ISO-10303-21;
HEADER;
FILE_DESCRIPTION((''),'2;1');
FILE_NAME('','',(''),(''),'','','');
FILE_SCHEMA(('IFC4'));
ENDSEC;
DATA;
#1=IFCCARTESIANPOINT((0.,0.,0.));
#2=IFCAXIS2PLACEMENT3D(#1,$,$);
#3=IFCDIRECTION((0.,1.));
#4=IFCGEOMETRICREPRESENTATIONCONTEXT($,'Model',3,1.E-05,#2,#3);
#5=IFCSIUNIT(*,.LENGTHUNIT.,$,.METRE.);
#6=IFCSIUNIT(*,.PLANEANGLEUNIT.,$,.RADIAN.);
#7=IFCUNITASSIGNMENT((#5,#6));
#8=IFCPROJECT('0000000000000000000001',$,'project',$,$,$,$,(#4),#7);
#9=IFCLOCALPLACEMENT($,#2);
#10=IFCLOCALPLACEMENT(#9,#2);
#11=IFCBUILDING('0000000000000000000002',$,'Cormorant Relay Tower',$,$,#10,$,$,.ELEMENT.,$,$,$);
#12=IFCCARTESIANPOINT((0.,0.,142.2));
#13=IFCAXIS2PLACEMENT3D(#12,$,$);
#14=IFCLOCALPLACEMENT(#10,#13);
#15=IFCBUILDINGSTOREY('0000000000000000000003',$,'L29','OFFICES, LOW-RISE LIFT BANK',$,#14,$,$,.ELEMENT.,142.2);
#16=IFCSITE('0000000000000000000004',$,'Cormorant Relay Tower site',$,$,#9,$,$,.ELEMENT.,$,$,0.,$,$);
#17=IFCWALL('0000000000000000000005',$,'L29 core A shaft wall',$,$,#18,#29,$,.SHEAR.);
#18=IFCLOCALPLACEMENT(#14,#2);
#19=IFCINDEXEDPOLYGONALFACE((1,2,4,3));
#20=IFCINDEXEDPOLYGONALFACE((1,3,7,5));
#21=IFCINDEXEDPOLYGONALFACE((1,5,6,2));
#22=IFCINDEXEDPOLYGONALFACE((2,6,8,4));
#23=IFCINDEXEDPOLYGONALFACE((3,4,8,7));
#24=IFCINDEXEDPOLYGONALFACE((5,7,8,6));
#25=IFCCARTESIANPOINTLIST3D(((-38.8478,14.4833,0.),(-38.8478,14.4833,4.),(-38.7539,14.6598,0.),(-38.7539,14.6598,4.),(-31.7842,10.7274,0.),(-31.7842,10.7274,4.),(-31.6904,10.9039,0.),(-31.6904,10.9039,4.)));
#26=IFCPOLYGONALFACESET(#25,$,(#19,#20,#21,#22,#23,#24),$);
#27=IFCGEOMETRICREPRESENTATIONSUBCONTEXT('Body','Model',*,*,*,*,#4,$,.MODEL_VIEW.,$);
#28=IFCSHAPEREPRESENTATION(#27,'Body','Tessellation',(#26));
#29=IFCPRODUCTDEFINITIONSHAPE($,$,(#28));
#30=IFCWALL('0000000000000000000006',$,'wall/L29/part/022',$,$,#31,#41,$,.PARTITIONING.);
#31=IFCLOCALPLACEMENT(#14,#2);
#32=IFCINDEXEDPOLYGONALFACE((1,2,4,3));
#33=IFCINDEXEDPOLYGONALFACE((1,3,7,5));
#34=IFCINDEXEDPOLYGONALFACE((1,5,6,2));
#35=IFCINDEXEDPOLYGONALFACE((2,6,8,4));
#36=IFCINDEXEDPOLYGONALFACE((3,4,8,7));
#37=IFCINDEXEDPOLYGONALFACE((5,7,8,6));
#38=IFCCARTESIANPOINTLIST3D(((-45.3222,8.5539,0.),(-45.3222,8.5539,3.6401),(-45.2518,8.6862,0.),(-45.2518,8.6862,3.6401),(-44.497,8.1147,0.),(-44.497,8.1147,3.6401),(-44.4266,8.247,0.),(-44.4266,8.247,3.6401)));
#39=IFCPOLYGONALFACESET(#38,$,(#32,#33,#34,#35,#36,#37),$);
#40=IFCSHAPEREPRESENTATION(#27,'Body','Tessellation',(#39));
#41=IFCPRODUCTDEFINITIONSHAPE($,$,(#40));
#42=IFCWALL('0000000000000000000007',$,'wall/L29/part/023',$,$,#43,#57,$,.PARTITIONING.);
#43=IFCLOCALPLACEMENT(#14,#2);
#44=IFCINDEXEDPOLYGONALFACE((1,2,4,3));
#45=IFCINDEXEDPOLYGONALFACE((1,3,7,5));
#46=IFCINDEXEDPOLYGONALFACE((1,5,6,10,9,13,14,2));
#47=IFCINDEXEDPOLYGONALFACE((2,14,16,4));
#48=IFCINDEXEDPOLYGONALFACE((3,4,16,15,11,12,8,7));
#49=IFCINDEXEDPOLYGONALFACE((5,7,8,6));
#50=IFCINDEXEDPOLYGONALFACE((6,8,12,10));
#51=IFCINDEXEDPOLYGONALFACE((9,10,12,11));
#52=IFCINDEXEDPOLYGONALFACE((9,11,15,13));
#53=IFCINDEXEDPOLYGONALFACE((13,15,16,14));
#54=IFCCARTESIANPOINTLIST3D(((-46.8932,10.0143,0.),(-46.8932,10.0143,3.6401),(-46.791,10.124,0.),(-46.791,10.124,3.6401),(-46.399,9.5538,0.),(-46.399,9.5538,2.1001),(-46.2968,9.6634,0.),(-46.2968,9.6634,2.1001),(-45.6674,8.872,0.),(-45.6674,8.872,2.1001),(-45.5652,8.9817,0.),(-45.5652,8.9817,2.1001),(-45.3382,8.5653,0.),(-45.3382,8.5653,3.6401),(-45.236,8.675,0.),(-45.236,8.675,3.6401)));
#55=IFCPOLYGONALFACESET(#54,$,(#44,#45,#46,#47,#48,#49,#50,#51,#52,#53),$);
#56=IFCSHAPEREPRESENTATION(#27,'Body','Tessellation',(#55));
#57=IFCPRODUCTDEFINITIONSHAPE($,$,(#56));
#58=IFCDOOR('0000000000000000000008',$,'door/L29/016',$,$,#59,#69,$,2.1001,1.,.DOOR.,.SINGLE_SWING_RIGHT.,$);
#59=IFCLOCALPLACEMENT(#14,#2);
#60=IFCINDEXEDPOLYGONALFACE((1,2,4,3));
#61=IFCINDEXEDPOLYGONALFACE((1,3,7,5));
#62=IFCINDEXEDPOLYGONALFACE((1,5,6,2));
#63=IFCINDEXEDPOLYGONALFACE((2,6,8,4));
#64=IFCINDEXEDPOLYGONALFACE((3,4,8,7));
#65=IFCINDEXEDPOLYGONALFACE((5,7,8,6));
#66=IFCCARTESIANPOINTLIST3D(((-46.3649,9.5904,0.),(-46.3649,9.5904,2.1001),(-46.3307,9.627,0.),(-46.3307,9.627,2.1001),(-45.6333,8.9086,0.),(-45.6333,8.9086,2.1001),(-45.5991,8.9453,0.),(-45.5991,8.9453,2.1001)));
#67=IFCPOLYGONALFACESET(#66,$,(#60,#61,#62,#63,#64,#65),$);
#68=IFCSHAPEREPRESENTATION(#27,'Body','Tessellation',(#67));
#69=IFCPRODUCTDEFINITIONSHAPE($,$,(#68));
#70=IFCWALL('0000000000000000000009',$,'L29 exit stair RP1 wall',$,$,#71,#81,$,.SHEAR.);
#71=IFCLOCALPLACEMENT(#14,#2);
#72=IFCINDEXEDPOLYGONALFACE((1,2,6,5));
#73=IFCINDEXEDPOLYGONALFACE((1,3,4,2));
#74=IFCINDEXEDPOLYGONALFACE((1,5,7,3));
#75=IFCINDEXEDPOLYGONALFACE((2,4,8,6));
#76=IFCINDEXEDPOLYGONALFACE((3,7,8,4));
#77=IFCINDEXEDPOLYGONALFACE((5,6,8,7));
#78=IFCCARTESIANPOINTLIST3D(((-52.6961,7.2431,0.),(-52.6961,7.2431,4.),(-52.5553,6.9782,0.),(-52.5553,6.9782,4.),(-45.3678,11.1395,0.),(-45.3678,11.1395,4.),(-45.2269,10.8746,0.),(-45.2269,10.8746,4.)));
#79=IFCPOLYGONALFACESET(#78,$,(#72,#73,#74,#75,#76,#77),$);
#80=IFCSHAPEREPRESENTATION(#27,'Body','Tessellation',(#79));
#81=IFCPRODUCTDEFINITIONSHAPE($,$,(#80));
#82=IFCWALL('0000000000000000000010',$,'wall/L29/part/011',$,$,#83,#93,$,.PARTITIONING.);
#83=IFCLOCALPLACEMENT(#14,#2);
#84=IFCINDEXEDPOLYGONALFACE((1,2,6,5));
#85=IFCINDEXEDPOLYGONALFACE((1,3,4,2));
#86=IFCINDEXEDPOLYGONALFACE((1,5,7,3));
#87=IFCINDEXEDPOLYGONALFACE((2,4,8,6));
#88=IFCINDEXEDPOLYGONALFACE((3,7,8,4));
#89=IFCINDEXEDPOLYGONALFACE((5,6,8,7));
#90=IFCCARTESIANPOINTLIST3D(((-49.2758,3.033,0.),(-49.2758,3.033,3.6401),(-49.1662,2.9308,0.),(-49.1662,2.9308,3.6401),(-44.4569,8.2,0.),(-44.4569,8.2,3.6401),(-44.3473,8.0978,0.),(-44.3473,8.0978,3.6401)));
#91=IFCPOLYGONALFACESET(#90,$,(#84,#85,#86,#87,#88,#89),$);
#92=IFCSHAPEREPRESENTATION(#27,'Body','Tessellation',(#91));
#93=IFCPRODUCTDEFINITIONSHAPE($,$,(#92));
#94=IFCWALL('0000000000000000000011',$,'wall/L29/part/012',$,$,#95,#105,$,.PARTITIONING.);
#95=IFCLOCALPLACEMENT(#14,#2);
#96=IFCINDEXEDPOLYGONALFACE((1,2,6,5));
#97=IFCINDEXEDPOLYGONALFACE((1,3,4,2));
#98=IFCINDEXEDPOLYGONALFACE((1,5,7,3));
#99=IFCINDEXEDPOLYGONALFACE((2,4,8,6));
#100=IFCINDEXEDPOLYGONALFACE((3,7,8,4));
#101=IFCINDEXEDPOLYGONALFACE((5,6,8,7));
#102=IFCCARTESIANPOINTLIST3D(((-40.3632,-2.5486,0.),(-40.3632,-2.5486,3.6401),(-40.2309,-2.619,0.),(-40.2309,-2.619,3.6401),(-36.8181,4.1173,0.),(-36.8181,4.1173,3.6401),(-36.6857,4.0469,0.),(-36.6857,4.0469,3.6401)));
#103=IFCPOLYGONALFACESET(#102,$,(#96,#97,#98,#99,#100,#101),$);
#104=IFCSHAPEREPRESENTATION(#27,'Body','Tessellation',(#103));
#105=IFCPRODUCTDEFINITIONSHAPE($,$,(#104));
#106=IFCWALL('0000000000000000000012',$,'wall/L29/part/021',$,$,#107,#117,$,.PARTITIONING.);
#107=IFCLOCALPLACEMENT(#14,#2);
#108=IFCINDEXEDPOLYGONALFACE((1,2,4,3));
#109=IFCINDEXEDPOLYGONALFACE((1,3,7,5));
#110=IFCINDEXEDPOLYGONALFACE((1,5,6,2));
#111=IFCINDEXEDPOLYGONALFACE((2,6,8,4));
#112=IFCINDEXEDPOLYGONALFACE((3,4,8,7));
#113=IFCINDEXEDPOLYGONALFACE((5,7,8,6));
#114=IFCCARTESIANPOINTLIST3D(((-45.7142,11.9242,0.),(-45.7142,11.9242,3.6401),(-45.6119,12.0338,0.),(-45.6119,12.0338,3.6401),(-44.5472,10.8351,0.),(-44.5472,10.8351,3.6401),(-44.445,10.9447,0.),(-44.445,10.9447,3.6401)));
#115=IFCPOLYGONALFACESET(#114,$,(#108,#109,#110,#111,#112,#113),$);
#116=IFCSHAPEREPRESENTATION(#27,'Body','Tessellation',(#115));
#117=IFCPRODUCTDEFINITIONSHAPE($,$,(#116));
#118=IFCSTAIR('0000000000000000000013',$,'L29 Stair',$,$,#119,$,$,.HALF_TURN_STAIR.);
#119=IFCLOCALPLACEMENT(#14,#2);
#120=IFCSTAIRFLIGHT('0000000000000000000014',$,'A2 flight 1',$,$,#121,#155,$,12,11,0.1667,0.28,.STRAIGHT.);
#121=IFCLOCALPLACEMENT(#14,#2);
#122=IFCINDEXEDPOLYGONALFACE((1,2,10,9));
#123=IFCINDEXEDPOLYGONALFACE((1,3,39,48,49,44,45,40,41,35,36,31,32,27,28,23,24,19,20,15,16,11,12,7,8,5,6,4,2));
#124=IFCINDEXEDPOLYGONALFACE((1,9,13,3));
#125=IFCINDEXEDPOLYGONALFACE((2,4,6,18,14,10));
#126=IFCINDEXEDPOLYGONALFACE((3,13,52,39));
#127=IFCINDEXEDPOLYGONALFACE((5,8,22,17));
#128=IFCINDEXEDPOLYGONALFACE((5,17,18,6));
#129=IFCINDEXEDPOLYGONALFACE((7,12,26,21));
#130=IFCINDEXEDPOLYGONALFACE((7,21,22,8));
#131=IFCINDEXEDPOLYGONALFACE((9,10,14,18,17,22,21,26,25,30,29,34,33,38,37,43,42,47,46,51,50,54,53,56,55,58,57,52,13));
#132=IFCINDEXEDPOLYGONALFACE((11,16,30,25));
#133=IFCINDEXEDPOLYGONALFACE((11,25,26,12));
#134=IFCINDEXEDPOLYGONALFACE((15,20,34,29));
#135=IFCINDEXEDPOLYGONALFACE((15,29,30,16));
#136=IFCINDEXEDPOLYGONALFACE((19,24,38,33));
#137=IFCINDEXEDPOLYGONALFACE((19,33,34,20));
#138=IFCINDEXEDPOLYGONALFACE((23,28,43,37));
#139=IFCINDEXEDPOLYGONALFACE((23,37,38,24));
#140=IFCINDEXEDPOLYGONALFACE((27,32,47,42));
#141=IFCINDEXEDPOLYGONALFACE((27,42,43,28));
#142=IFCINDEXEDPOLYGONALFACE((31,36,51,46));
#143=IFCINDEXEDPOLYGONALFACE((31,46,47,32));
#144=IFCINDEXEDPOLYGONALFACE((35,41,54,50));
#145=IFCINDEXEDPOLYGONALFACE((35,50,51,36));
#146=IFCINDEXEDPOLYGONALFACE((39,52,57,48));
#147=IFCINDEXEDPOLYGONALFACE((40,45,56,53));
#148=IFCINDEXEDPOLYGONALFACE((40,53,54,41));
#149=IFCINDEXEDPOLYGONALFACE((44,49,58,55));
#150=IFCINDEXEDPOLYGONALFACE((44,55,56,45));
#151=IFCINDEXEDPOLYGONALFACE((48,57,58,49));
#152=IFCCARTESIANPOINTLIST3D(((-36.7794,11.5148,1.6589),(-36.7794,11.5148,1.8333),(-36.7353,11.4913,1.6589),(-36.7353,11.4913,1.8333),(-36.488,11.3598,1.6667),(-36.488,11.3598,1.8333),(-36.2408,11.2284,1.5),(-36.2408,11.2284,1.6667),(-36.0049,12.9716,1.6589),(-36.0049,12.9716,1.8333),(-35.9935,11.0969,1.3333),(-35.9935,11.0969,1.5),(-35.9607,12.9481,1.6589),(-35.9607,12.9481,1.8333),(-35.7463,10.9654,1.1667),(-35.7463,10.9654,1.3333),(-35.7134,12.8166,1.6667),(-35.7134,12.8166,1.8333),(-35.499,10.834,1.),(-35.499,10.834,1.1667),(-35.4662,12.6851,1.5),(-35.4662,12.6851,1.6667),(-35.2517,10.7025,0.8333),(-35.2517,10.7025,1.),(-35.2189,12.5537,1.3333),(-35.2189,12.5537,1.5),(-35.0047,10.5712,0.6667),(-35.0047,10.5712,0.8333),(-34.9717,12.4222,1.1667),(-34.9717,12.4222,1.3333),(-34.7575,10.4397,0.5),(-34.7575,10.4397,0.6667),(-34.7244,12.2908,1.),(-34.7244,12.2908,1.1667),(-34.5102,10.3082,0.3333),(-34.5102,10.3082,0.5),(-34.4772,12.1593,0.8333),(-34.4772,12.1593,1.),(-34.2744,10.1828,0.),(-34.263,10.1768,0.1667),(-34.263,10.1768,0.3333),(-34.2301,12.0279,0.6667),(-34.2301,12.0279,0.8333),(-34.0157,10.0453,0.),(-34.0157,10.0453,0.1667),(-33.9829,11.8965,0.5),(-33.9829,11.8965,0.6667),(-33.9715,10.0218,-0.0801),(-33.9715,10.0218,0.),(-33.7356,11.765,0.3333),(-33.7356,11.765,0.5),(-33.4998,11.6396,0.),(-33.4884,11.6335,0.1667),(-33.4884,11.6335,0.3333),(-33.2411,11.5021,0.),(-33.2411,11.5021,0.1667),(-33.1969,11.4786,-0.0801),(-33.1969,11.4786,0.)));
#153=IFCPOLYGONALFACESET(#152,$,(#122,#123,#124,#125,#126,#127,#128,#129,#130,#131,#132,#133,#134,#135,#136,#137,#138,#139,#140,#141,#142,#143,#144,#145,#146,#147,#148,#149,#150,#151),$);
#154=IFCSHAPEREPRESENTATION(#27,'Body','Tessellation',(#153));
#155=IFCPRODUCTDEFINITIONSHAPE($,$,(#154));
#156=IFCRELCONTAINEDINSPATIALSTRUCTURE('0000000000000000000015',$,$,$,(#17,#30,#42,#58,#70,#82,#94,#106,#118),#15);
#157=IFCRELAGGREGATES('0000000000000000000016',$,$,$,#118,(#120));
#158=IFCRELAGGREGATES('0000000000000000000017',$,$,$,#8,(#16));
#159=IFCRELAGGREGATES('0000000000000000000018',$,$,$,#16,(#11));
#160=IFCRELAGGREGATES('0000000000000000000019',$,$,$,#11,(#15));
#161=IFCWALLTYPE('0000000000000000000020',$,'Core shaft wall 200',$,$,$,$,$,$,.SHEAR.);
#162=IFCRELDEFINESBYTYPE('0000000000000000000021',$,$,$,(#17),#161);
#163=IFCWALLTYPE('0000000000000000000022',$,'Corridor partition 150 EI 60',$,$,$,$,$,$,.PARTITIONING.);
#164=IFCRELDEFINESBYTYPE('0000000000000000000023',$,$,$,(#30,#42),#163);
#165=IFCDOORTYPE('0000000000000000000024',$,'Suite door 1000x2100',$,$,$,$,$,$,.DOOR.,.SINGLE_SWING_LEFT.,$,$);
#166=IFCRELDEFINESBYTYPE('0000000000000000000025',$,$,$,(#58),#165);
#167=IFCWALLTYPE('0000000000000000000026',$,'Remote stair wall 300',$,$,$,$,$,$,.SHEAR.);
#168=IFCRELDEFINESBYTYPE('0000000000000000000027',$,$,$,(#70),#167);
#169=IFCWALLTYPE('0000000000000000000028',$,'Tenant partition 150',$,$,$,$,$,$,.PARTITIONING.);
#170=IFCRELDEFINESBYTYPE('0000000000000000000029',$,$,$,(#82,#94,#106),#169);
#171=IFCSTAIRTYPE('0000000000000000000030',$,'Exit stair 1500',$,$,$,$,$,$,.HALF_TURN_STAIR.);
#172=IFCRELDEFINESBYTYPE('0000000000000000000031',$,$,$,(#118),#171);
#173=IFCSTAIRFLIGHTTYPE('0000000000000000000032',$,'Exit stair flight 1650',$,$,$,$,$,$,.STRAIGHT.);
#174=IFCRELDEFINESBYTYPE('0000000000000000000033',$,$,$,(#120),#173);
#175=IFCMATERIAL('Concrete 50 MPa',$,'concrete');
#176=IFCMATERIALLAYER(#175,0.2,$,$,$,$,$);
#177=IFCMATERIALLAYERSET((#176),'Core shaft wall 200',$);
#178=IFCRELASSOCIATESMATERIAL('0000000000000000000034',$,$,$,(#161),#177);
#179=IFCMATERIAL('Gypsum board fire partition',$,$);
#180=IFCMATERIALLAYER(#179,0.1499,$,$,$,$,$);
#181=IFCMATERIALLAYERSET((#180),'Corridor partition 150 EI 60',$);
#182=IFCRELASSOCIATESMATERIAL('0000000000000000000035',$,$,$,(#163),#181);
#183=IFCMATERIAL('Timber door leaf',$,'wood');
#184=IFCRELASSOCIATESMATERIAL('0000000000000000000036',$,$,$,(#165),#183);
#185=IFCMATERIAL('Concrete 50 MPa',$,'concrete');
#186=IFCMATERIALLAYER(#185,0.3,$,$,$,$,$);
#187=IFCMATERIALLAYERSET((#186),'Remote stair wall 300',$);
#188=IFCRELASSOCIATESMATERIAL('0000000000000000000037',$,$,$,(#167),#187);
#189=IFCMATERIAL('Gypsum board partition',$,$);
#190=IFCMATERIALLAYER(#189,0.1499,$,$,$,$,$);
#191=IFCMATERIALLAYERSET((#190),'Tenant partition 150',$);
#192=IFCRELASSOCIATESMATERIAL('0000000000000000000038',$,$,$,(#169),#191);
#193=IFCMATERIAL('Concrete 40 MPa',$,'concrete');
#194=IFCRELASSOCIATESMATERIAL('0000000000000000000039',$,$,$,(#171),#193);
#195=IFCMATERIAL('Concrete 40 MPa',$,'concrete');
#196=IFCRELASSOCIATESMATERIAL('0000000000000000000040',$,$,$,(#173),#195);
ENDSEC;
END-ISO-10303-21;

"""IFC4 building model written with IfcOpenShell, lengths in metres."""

from ifc_helpers import new_model, si_unit, direction, frame, frame_2d, origin, place, context, subcontext, project, spatial, polyline, rectangle, outline, extrude, material, layer, layer_set, type_object, element, fill, aggregate, save


model = new_model("IFC4")

# Units and contexts
model_context = context("Model", 3, precision=1e-05, world=origin(), true_north=direction((0.0, 1.0)))
body_context = subcontext(model_context, "Body", "Model", "MODEL_VIEW")
ifc_project = project(units=[si_unit("LENGTHUNIT", "METRE"), si_unit("PLANEANGLEUNIT", "RADIAN")], contexts=[model_context])

# Site, building, storey
site_placement = place(None, origin())
site = spatial("IfcSite", under=ifc_project, at=site_placement, Name="Cormorant Relay Tower site", CompositionType="ELEMENT", RefElevation=0.0)
building_placement = place(site_placement, origin())
building = spatial("IfcBuilding", under=site, at=building_placement, Name="Cormorant Relay Tower", CompositionType="ELEMENT")
storey_placement = place(building_placement, frame((0.0, 0.0, 142.2)))
storey = spatial("IfcBuildingStorey", under=building, at=storey_placement, Name="L29", Description="OFFICES, LOW-RISE LIFT BANK", CompositionType="ELEMENT", Elevation=142.2)

# Walls
ifc_material_1 = material(Name="Concrete 50 MPa", Category="concrete")
ifc_layer_1 = layer(ifc_material_1, 0.2)
ifc_layer_set_1 = layer_set([ifc_layer_1], Name="Core shaft wall 200")
wall_type_1 = type_object("IfcWallType", Name="Core shaft wall 200", PredefinedType="SHEAR", material=ifc_layer_set_1)
for number, where, z_axis, x_axis, name in (
    (1, (-31.7373, 10.8157, 0.0), (0.0, 0.0, 1.0), (-0.88294, 0.469485, 0.0), "L29 core A shaft wall"),
):
    element("IfcWall", number, at=place(storey_placement, frame(where, z_axis=z_axis, x_axis=x_axis)), inside=storey, type_object=wall_type_1, Name=name, PredefinedType="SHEAR", context=body_context, shape_type="SweptSolid", body=[
        extrude(rectangle(XDim=8.0, YDim=0.2, at=frame_2d((4.0, 0.0))), origin(), (0.0, 0.0, 1.0), 4.0),
    ])
ifc_material_2 = material(Name="Gypsum board fire partition")
ifc_layer_2 = layer(ifc_material_2, 0.1499)
ifc_layer_set_2 = layer_set([ifc_layer_2], Name="Corridor partition 150 EI 60")
wall_type_2 = type_object("IfcWallType", Name="Corridor partition 150 EI 60", PredefinedType="PARTITIONING", material=ifc_layer_set_2)
wall_1_placement = place(storey_placement, frame((-44.4619, 8.1809, 0.0), z_axis=(0.0, 0.0, 1.0), x_axis=(-0.88275, 0.469843, 0.0)))
element("IfcWall", 2, at=wall_1_placement, inside=storey, type_object=wall_type_2, Name="wall/L29/part/022", PredefinedType="PARTITIONING", context=body_context, shape_type="SweptSolid", body=[
    extrude(rectangle(XDim=0.9348, YDim=0.1499, at=frame_2d((0.4673, 0.0))), origin(), (0.0, 0.0, 1.0), 3.6401),
])

# Wall, opening, door
wall_2_placement = place(storey_placement, frame((-45.2871, 8.6201, 0.0), z_axis=(0.0, 0.0, 1.0), x_axis=(-0.731594, 0.681741, 0.0)))
wall_2 = element("IfcWall", 3, at=wall_2_placement, inside=storey, type_object=wall_type_2, Name="wall/L29/part/023", PredefinedType="PARTITIONING", context=body_context, shape_type="SweptSolid", body=[
    extrude(rectangle(XDim=2.1255, YDim=0.1499, at=frame_2d((1.0627, 0.0))), origin(), (0.0, 0.0, 1.0), 3.6401),
])
opening_placement = place(wall_2_placement, frame((0.45, 0.0, 0.0)))
opening = element("IfcOpeningElement", 4, at=opening_placement, cuts=wall_2, PredefinedType="OPENING", context=body_context, shape_type="SweptSolid", body=[
    extrude(rectangle(XDim=1.0, YDim=2.1001, at=frame_2d((0.5, 1.05))), frame((0.0, 0.085, 0.0), z_axis=(0.0, -1.0, 0.0), x_axis=(1.0, 0.0, 0.0)), (0.0, 0.0, 1.0), 0.1699),
])
ifc_material_3 = material(Name="Timber door leaf", Category="wood")
door_type = type_object("IfcDoorType", Name="Suite door 1000x2100", OperationType="SINGLE_SWING_LEFT", PredefinedType="DOOR", material=ifc_material_3)
door_placement = place(opening_placement, origin())
door = element("IfcDoor", 5, at=door_placement, inside=storey, type_object=door_type, Name="door/L29/016", OperationType="SINGLE_SWING_RIGHT", OverallHeight=2.1001, OverallWidth=1.0, PredefinedType="DOOR", context=body_context, shape_type="SweptSolid", body=[
    extrude(rectangle(XDim=1.0, YDim=2.1001, at=frame_2d((0.5, 1.05))), frame((0.0, 0.0249, 0.0), z_axis=(0.0, -1.0, 0.0), x_axis=(1.0, 0.0, 0.0)), (0.0, 0.0, 1.0), 0.05),
])
fill(opening, door)

# Walls
ifc_material_4 = material(Name="Concrete 50 MPa", Category="concrete")
ifc_layer_3 = layer(ifc_material_4, 0.3)
ifc_layer_set_3 = layer_set([ifc_layer_3], Name="Remote stair wall 300")
wall_type_3 = type_object("IfcWallType", Name="Remote stair wall 300", PredefinedType="SHEAR", material=ifc_layer_set_3)
wall_3_placement = place(storey_placement, frame((-45.2974, 11.0071, 0.0), z_axis=(0.0, 0.0, 1.0), x_axis=(-0.882952, -0.469464, 0.0)))
element("IfcWall", 6, at=wall_3_placement, inside=storey, type_object=wall_type_3, Name="L29 exit stair RP1 wall", PredefinedType="SHEAR", context=body_context, shape_type="SweptSolid", body=[
    extrude(rectangle(XDim=8.2998, YDim=0.3, at=frame_2d((4.1499, 0.0))), origin(), (0.0, 0.0, 1.0), 4.0),
])
ifc_material_5 = material(Name="Gypsum board partition")
ifc_layer_4 = layer(ifc_material_5, 0.1499)
ifc_layer_set_4 = layer_set([ifc_layer_4], Name="Tenant partition 150")
wall_type_4 = type_object("IfcWallType", Name="Tenant partition 150", PredefinedType="PARTITIONING", material=ifc_layer_set_4)
wall_4_placement = place(storey_placement, frame((-44.4021, 8.1489, 0.0), z_axis=(0.0, 0.0, 1.0), x_axis=(-0.68204, -0.731315, 0.0)))
element("IfcWall", 7, at=wall_4_placement, inside=storey, type_object=wall_type_4, Name="wall/L29/part/011", PredefinedType="PARTITIONING", context=body_context, shape_type="SweptSolid", body=[
    extrude(rectangle(XDim=7.0654, YDim=0.1499, at=frame_2d((3.5327, 0.0))), origin(), (0.0, 0.0, 1.0), 3.6401),
])
wall_5_placement = place(storey_placement, frame((-36.752, 4.082, 0.0), z_axis=(0.0, 0.0, 1.0), x_axis=(-0.469552, -0.882905, 0.0)))
element("IfcWall", 8, at=wall_5_placement, inside=storey, type_object=wall_type_4, Name="wall/L29/part/012", PredefinedType="PARTITIONING", context=body_context, shape_type="SweptSolid", body=[
    extrude(rectangle(XDim=7.55, YDim=0.1499, at=frame_2d((3.7749, 0.0))), origin(), (0.0, 0.0, 1.0), 3.6401),
])
wall_6_placement = place(storey_placement, frame((-44.4961, 10.8899, 0.0), z_axis=(0.0, 0.0, 1.0), x_axis=(-0.731081, 0.682291, 0.0)))
element("IfcWall", 9, at=wall_6_placement, inside=storey, type_object=wall_type_4, Name="wall/L29/part/021", PredefinedType="PARTITIONING", context=body_context, shape_type="SweptSolid", body=[
    extrude(rectangle(XDim=1.5962, YDim=0.1499, at=frame_2d((0.7981, 0.0))), origin(), (0.0, 0.0, 1.0), 3.6401),
])

# Stair, stair flight
ifc_material_6 = material(Name="Concrete 40 MPa", Category="concrete")
stair_type = type_object("IfcStairType", Name="Exit stair 1500", PredefinedType="HALF_TURN_STAIR", material=ifc_material_6)
stair_placement = place(storey_placement, origin())
stair = element("IfcStair", 10, at=stair_placement, inside=storey, type_object=stair_type, Name="L29 Stair", PredefinedType="HALF_TURN_STAIR")
ifc_material_7 = material(Name="Concrete 40 MPa", Category="concrete")
stair_flight_type = type_object("IfcStairFlightType", Name="Exit stair flight 1650", PredefinedType="STRAIGHT", material=ifc_material_7)
stair_flight_1_placement = place(storey_placement, frame((-33.6284, 10.7737, 0.0), z_axis=(0.0, 0.0, 1.0), x_axis=(-0.882948, 0.469472, 0.0)))
stair_flight_1 = element("IfcStairFlight", 11, at=stair_flight_1_placement, type_object=stair_flight_type, Name="A2 flight 1", NumberOfRisers=12, NumberOfTreads=11, PredefinedType="STRAIGHT", RiserHeight=0.1667, TreadLength=0.28, context=body_context, shape_type="SweptSolid", body=[
    extrude(outline(polyline([(-0.05, -0.0801), (-0.05, 0.0), (0.0, 0.0), (0.0, 0.1667), (0.28, 0.1667), (0.28, 0.3333), (0.5601, 0.3333), (0.5601, 0.5), (0.8401, 0.5), (0.8401, 0.6667), (1.1201, 0.6667), (1.1201, 0.8333), (1.3999, 0.8333), (1.3999, 1.0), (1.6799, 1.0), (1.6799, 1.1667), (1.96, 1.1667), (1.96, 1.3333), (2.24, 1.3333), (2.24, 1.5), (2.52, 1.5), (2.52, 1.6667), (2.8, 1.6667), (2.8, 1.8333), (3.0801, 1.8333), (3.1301, 1.8333), (3.1301, 1.6589), (3.0801, 1.6589), (0.293, 0.0), (-0.05, -0.0801)])), frame((0.0, 0.825, 0.0), z_axis=(0.0, -1.0, 0.0), x_axis=(1.0, 0.0, 0.0)), (0.0, 0.0, 1.0), 1.6499),
])
aggregate(stair, [stair_flight_1])

save(model, "model.ifc")
